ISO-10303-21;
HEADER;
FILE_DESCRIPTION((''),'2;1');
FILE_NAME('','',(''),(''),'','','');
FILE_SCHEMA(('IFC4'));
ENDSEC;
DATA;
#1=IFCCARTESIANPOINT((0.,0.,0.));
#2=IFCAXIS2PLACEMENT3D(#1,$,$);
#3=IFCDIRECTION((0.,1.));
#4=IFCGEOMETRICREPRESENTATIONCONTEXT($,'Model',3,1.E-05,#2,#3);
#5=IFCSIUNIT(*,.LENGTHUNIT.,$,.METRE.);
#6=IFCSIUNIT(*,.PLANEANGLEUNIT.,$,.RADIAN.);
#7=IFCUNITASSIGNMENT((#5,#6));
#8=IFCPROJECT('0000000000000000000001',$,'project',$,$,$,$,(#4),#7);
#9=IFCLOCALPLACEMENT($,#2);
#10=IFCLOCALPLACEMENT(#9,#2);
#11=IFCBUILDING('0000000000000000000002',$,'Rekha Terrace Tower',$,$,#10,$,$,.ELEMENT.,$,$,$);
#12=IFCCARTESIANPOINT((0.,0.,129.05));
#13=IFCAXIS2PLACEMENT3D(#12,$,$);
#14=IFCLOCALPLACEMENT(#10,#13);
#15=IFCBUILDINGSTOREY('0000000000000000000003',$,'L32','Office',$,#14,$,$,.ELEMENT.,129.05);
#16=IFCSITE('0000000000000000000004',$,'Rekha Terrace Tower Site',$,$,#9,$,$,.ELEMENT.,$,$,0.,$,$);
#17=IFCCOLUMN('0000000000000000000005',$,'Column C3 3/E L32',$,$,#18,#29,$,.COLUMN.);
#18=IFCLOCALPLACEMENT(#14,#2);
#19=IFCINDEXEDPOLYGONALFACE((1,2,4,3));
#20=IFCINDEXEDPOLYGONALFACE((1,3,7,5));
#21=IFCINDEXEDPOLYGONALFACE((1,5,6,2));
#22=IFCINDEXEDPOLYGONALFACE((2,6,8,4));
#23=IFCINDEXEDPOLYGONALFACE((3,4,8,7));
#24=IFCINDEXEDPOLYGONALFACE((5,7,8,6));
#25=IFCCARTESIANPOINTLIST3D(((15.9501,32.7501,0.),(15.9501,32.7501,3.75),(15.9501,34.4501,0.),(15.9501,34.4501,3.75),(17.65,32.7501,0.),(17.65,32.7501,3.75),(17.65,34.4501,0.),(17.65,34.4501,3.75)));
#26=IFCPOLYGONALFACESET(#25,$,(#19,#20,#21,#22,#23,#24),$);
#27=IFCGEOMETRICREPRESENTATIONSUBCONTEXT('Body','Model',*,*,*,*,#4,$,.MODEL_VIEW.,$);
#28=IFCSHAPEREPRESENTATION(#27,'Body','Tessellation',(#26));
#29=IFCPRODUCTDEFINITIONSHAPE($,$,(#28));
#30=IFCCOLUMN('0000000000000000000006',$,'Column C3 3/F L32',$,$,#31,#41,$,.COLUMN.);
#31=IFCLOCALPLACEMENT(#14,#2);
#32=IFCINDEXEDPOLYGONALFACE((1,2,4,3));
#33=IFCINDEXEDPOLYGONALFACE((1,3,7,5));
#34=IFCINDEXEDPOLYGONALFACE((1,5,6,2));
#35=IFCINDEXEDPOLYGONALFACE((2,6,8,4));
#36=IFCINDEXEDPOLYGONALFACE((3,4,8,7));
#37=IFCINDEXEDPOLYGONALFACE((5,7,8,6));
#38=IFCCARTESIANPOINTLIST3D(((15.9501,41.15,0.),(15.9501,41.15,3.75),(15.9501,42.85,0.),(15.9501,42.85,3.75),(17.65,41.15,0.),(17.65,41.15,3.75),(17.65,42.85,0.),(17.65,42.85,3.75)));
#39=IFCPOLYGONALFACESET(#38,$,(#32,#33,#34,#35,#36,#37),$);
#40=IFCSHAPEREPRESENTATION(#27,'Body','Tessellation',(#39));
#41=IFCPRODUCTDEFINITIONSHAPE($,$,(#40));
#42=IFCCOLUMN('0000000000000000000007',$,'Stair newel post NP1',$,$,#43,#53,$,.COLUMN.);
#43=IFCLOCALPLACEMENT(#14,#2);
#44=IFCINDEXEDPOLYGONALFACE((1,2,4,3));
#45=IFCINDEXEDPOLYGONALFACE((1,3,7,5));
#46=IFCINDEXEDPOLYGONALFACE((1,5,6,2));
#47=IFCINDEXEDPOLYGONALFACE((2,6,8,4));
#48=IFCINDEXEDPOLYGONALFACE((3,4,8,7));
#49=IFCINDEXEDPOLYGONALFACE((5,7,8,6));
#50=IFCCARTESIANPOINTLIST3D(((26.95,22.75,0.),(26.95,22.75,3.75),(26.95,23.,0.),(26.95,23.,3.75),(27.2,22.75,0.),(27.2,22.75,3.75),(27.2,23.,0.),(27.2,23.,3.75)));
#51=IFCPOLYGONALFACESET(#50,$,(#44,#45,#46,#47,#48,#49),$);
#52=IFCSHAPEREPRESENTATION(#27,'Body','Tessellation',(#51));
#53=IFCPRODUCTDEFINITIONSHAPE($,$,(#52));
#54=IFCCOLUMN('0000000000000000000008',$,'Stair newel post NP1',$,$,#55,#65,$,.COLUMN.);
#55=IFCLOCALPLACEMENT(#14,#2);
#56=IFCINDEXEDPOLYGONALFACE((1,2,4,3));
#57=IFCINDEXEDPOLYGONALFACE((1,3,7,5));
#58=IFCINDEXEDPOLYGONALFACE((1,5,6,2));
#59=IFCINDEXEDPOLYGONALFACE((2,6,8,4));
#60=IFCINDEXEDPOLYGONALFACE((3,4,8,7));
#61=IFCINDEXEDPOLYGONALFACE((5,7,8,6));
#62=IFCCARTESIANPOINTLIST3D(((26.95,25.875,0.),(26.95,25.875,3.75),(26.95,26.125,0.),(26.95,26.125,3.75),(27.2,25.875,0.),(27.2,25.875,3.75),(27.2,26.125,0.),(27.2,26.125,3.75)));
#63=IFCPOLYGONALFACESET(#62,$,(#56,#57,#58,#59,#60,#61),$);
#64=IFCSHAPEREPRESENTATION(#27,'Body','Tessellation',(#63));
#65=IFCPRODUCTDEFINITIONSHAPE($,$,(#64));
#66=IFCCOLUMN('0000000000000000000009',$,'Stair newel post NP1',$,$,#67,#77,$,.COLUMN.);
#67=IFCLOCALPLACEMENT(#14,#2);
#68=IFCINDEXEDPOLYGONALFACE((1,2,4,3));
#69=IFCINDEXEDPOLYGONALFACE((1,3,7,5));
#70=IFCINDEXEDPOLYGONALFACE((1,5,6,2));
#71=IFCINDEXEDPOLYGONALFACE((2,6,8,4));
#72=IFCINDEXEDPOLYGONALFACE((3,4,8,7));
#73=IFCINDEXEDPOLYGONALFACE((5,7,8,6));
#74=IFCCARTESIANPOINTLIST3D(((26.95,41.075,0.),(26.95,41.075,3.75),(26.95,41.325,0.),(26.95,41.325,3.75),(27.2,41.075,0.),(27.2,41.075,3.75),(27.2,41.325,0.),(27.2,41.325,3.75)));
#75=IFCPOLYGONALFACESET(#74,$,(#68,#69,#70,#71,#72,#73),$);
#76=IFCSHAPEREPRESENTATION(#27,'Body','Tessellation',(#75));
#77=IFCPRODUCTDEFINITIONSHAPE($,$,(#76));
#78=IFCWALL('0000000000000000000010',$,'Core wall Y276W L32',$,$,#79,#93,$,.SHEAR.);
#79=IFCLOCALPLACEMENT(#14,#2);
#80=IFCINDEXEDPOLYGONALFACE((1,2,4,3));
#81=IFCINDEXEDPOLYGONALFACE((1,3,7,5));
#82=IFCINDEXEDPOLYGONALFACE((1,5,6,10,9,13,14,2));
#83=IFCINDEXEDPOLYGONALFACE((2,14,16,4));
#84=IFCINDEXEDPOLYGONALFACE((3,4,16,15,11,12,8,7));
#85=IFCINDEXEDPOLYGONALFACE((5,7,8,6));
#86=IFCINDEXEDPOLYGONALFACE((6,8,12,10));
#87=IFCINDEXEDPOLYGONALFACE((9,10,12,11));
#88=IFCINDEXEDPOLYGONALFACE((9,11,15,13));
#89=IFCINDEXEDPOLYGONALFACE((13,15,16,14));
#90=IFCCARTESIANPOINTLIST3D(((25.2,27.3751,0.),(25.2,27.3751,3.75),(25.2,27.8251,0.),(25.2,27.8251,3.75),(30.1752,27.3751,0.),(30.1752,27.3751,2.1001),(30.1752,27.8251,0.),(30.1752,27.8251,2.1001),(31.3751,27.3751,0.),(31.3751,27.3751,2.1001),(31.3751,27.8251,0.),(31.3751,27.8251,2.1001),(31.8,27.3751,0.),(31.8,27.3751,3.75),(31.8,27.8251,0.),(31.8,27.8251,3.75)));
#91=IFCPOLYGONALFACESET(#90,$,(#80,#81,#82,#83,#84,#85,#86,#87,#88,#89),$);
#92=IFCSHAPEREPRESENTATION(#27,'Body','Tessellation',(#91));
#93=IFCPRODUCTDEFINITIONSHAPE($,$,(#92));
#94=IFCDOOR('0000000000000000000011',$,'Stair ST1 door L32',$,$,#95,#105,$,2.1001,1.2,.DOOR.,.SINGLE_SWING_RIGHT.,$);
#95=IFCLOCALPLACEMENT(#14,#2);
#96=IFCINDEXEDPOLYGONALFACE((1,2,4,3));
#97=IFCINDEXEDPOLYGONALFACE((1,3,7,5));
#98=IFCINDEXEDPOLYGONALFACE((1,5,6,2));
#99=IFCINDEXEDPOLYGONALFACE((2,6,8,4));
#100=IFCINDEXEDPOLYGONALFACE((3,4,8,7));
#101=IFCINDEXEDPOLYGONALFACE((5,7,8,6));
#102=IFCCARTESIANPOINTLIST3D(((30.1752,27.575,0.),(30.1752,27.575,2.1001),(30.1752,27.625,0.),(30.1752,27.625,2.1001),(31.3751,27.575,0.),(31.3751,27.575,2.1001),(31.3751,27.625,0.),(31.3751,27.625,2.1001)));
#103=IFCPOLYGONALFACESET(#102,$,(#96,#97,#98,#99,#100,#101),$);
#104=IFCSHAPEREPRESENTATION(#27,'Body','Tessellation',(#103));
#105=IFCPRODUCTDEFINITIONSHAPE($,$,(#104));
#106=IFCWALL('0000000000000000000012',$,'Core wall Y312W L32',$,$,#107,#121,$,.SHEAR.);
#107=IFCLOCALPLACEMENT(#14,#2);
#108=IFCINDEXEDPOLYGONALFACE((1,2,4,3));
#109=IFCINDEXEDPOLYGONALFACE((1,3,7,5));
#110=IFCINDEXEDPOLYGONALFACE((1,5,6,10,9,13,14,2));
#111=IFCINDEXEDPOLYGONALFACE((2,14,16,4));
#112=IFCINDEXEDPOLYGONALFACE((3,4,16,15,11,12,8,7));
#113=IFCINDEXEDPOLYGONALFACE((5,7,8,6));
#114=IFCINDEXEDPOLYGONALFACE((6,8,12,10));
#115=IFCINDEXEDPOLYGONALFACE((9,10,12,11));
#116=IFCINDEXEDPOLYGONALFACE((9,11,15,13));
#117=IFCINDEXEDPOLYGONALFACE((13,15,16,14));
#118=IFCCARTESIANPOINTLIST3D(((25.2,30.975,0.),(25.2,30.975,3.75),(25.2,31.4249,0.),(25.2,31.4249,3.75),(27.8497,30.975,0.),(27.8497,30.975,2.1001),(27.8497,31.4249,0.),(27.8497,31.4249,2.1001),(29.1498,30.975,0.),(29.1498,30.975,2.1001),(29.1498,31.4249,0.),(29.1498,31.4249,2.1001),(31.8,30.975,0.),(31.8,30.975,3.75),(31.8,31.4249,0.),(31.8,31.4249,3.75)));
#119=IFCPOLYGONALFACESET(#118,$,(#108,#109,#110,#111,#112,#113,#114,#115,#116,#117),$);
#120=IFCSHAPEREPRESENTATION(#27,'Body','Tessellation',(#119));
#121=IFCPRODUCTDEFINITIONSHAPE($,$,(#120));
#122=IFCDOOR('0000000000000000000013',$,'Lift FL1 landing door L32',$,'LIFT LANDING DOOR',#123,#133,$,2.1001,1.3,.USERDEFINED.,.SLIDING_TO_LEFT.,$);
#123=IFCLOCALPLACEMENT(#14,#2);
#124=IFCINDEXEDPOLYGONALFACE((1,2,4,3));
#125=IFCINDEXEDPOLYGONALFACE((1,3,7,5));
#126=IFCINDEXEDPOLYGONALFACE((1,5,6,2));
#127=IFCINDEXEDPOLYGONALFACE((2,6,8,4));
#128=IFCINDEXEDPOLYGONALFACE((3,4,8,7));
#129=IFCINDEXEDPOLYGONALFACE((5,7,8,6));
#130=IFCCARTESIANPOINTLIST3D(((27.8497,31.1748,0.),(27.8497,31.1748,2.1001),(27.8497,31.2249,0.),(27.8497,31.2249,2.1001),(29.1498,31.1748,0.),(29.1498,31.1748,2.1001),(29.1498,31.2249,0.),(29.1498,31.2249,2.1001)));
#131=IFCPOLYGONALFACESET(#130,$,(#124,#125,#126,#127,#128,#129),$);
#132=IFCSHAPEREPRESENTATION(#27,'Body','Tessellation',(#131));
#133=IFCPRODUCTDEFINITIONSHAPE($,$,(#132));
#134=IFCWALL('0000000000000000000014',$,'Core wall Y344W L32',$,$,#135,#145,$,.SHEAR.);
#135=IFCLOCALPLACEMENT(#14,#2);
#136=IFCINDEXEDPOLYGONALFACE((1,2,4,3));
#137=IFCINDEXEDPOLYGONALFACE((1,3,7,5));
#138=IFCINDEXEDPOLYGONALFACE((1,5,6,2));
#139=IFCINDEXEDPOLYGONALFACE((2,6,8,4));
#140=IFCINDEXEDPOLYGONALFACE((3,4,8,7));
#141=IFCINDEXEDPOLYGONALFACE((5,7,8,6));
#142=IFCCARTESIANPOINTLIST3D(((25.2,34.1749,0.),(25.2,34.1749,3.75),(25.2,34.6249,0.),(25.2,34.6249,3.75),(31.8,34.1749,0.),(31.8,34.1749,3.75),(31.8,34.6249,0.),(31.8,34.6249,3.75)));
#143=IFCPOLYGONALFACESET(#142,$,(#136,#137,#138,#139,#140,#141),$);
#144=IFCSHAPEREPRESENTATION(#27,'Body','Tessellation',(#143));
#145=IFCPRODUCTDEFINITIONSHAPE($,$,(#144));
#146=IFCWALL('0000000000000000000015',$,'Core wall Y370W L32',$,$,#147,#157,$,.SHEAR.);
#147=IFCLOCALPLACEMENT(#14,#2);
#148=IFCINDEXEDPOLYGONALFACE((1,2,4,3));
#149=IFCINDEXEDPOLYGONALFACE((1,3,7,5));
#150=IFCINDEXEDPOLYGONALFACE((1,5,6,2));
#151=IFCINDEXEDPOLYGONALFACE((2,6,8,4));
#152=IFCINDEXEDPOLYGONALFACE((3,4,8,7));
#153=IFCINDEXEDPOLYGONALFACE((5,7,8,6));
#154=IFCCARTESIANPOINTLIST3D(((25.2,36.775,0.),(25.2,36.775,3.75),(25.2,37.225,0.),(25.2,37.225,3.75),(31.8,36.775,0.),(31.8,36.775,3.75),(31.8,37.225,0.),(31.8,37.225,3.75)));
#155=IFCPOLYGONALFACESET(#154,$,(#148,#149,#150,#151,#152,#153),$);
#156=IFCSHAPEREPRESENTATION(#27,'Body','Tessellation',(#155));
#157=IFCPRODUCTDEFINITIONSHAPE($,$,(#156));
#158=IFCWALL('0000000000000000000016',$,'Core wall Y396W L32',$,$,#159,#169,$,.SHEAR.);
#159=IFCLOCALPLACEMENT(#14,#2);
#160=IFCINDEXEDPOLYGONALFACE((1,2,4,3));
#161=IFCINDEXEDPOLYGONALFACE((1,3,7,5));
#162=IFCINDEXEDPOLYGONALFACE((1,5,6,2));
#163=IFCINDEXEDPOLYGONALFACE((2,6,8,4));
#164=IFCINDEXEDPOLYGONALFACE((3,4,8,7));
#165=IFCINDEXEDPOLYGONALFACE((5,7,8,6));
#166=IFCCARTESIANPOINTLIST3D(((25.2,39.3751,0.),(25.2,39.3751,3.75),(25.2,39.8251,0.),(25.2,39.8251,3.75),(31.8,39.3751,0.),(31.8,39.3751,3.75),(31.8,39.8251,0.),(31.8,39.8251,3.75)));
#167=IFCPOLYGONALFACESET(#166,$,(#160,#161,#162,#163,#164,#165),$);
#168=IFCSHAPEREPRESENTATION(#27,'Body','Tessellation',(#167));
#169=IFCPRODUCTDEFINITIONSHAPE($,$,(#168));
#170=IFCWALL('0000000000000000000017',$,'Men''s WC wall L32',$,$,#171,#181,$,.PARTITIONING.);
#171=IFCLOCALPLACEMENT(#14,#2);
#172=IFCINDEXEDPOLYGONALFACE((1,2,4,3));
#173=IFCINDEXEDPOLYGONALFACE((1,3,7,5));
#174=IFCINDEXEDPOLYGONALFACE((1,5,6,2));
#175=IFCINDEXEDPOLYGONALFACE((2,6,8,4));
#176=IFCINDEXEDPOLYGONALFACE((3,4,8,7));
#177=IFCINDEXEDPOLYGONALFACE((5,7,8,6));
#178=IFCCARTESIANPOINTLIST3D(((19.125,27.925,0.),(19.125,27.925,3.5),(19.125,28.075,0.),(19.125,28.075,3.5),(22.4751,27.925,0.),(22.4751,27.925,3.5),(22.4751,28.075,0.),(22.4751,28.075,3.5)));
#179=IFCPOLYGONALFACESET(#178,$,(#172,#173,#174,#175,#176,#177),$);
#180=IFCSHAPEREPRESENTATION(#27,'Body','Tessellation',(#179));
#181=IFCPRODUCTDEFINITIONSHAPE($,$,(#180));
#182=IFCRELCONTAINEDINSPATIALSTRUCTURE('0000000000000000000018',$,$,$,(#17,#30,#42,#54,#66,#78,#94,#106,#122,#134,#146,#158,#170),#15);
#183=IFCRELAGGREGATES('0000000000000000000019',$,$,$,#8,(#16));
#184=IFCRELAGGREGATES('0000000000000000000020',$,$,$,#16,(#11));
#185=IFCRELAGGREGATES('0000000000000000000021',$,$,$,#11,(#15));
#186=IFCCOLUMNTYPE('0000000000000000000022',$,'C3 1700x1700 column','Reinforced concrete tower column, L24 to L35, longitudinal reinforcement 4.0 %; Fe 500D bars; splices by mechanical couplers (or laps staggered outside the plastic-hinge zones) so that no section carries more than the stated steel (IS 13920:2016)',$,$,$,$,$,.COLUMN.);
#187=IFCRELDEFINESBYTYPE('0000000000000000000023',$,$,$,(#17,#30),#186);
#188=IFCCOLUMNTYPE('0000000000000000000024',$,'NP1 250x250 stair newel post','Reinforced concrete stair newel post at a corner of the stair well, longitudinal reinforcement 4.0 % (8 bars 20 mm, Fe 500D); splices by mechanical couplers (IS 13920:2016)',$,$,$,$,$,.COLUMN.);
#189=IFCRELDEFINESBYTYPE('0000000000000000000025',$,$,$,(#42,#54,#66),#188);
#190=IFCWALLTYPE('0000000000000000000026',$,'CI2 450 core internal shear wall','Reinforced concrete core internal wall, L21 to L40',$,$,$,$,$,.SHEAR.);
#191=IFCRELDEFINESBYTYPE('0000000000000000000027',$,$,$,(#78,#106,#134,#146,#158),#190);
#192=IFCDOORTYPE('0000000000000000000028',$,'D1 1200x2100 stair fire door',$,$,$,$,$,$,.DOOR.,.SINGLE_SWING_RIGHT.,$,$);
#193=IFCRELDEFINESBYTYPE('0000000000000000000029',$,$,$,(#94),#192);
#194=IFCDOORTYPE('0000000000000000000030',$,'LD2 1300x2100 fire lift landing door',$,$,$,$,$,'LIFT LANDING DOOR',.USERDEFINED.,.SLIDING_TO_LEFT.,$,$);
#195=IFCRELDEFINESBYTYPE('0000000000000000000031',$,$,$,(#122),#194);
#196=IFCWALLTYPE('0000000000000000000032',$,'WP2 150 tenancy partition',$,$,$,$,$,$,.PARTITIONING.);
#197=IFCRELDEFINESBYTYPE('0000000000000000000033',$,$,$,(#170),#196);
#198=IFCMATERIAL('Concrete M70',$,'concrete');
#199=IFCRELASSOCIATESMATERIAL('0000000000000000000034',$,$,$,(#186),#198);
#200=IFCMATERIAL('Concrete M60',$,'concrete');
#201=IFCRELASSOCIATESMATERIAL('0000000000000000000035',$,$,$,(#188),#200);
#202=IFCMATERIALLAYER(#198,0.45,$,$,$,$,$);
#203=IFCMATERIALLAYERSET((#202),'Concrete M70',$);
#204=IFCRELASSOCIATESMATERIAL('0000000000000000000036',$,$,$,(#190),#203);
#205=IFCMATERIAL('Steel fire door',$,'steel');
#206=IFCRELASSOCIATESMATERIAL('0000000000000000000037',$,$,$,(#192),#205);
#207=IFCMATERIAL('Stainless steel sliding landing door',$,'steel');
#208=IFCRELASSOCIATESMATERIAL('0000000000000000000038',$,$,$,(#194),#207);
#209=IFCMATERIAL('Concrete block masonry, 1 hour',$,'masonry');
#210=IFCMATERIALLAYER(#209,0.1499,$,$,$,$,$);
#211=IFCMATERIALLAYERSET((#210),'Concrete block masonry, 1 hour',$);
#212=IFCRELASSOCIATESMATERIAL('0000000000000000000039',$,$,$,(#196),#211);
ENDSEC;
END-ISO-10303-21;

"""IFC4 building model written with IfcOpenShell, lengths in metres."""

from ifc_helpers import new_model, si_unit, direction, frame, frame_2d, origin, origin_2d, place, context, subcontext, project, spatial, rectangle, extrude, material, layer, layer_set, material_profile, profile_set, type_object, element, fill, save


model = new_model("IFC4")

# Units and contexts
model_context = context("Model", 3, precision=1e-05, world=origin(), true_north=direction((0.0, 1.0)))
body_context = subcontext(model_context, "Body", "Model", "MODEL_VIEW")
ifc_project = project(units=[si_unit("LENGTHUNIT", "METRE"), si_unit("PLANEANGLEUNIT", "RADIAN")], contexts=[model_context])

# Site, building, storey
site_placement = place(None, origin())
site = spatial("IfcSite", under=ifc_project, at=site_placement, Name="Rekha Terrace Tower Site", CompositionType="ELEMENT", RefElevation=0.0)
building_placement = place(site_placement, origin())
building = spatial("IfcBuilding", under=site, at=building_placement, Name="Rekha Terrace Tower", CompositionType="ELEMENT")
storey_placement = place(building_placement, frame((0.0, 0.0, 129.05)))
storey = spatial("IfcBuildingStorey", under=building, at=storey_placement, Name="L32", Description="Office", CompositionType="ELEMENT", Elevation=129.05)

# Columns
ifc_material_1 = material(Name="Concrete M70", Category="concrete")
ifc_material_profile_1 = material_profile(ifc_material_1, rectangle(XDim=1.7, YDim=1.7, at=origin_2d()), Name="RC 1700x1700")
ifc_profile_set_1 = profile_set([ifc_material_profile_1], Name="Concrete M70")
column_type_1 = type_object("IfcColumnType", Name="C3 1700x1700 column", Description="Reinforced concrete tower column, L24 to L35, longitudinal reinforcement 4.0 %; Fe 500D bars; splices by mechanical couplers (or laps staggered outside the plastic-hinge zones) so that no section carries more than the stated steel (IS 13920:2016)", PredefinedType="COLUMN", material=ifc_profile_set_1)
for number, where, z_axis, x_axis, name in (
    (1, (16.8, 33.6001, 0.0), (0.0, 0.0, 1.0), (1.0, 0.0, 0.0), "Column C3 3/E L32"),
    (2, (16.8, 42.0, 0.0), (0.0, 0.0, 1.0), (1.0, 0.0, 0.0), "Column C3 3/F L32"),
):
    element("IfcColumn", number, at=place(storey_placement, frame(where, z_axis=z_axis, x_axis=x_axis)), inside=storey, type_object=column_type_1, Name=name, PredefinedType="COLUMN", context=body_context, shape_type="SweptSolid", body=[
        extrude(rectangle(XDim=1.7, YDim=1.7, at=origin_2d()), origin(), (0.0, 0.0, 1.0), 3.75),
    ])
ifc_material_2 = material(Name="Concrete M60", Category="concrete")
ifc_material_profile_2 = material_profile(ifc_material_2, rectangle(XDim=0.25, YDim=0.25, at=origin_2d()), Name="RC 250x250")
ifc_profile_set_2 = profile_set([ifc_material_profile_2], Name="Concrete M60")
column_type_2 = type_object("IfcColumnType", Name="NP1 250x250 stair newel post", Description="Reinforced concrete stair newel post at a corner of the stair well, longitudinal reinforcement 4.0 % (8 bars 20 mm, Fe 500D); splices by mechanical couplers (IS 13920:2016)", PredefinedType="COLUMN", material=ifc_profile_set_2)
for number, where, z_axis, x_axis, name in (
    (3, (27.075, 22.875, 0.0), (0.0, 0.0, 1.0), (1.0, 0.0, 0.0), "Stair newel post NP1"),
    (4, (27.075, 26.0, 0.0), (0.0, 0.0, 1.0), (1.0, 0.0, 0.0), "Stair newel post NP1"),
    (5, (27.075, 41.2, 0.0), (0.0, 0.0, 1.0), (1.0, 0.0, 0.0), "Stair newel post NP1"),
):
    element("IfcColumn", number, at=place(storey_placement, frame(where, z_axis=z_axis, x_axis=x_axis)), inside=storey, type_object=column_type_2, Name=name, PredefinedType="COLUMN", context=body_context, shape_type="SweptSolid", body=[
        extrude(rectangle(XDim=0.25, YDim=0.25, at=origin_2d()), origin(), (0.0, 0.0, 1.0), 3.75),
    ])

# Walls, openings, doors
ifc_layer_1 = layer(ifc_material_1, 0.45)
ifc_layer_set_1 = layer_set([ifc_layer_1], Name="Concrete M70")
wall_type_1 = type_object("IfcWallType", Name="CI2 450 core internal shear wall", Description="Reinforced concrete core internal wall, L21 to L40", PredefinedType="SHEAR", material=ifc_layer_set_1)
wall_1_placement = place(storey_placement, frame((25.2, 27.6001, 0.0), z_axis=(0.0, 0.0, 1.0), x_axis=(1.0, 0.0, 0.0)))
wall_1 = element("IfcWall", 6, at=wall_1_placement, inside=storey, type_object=wall_type_1, Name="Core wall Y276W L32", PredefinedType="SHEAR", context=body_context, shape_type="SweptSolid", body=[
    extrude(rectangle(XDim=6.6001, YDim=0.45, at=frame_2d((3.3, 0.0))), origin(), (0.0, 0.0, 1.0), 3.75),
])
opening_1_placement = place(wall_1_placement, frame((4.9751, 0.0, 0.0)))
opening_1 = element("IfcOpeningElement", 7, at=opening_1_placement, cuts=wall_1, PredefinedType="OPENING", context=body_context, shape_type="SweptSolid", body=[
    extrude(rectangle(XDim=1.2, YDim=2.1001, at=frame_2d((0.6001, 1.05))), frame((0.0, 0.2349, 0.0), z_axis=(0.0, -1.0, 0.0), x_axis=(1.0, 0.0, 0.0)), (0.0, 0.0, 1.0), 0.47),
])
ifc_material_3 = material(Name="Steel fire door", Category="steel")
door_type_1 = type_object("IfcDoorType", Name="D1 1200x2100 stair fire door", OperationType="SINGLE_SWING_RIGHT", PredefinedType="DOOR", material=ifc_material_3)
door_1_placement = place(opening_1_placement, origin())
door_1 = element("IfcDoor", 8, at=door_1_placement, inside=storey, type_object=door_type_1, Name="Stair ST1 door L32", OperationType="SINGLE_SWING_RIGHT", OverallHeight=2.1001, OverallWidth=1.2, PredefinedType="DOOR", context=body_context, shape_type="SweptSolid", body=[
    extrude(rectangle(XDim=1.2, YDim=2.1001, at=frame_2d((0.6001, 1.05))), frame((0.0, 0.0249, 0.0), z_axis=(0.0, -1.0, 0.0), x_axis=(1.0, 0.0, 0.0)), (0.0, 0.0, 1.0), 0.05),
])
fill(opening_1, door_1)
wall_2_placement = place(storey_placement, frame((25.2, 31.2, 0.0), z_axis=(0.0, 0.0, 1.0), x_axis=(1.0, 0.0, 0.0)))
wall_2 = element("IfcWall", 9, at=wall_2_placement, inside=storey, type_object=wall_type_1, Name="Core wall Y312W L32", PredefinedType="SHEAR", context=body_context, shape_type="SweptSolid", body=[
    extrude(rectangle(XDim=6.6001, YDim=0.45, at=frame_2d((3.3, 0.0))), origin(), (0.0, 0.0, 1.0), 3.75),
])
opening_2_placement = place(wall_2_placement, frame((2.6499, 0.0, 0.0)))
opening_2 = element("IfcOpeningElement", 10, at=opening_2_placement, cuts=wall_2, PredefinedType="OPENING", context=body_context, shape_type="SweptSolid", body=[
    extrude(rectangle(XDim=1.3, YDim=2.1001, at=frame_2d((0.6499, 1.05))), frame((0.0, 0.2349, 0.0), z_axis=(0.0, -1.0, 0.0), x_axis=(1.0, 0.0, 0.0)), (0.0, 0.0, 1.0), 0.47),
])
ifc_material_4 = material(Name="Stainless steel sliding landing door", Category="steel")
door_type_2 = type_object("IfcDoorType", Name="LD2 1300x2100 fire lift landing door", ElementType="LIFT LANDING DOOR", OperationType="SLIDING_TO_LEFT", PredefinedType="USERDEFINED", material=ifc_material_4)
door_2_placement = place(opening_2_placement, origin())
door_2 = element("IfcDoor", 11, at=door_2_placement, inside=storey, type_object=door_type_2, Name="Lift FL1 landing door L32", ObjectType="LIFT LANDING DOOR", OperationType="SLIDING_TO_LEFT", OverallHeight=2.1001, OverallWidth=1.3, PredefinedType="USERDEFINED", context=body_context, shape_type="SweptSolid", body=[
    extrude(rectangle(XDim=1.3, YDim=2.1001, at=frame_2d((0.6499, 1.05))), frame((0.0, 0.0249, 0.0), z_axis=(0.0, -1.0, 0.0), x_axis=(1.0, 0.0, 0.0)), (0.0, 0.0, 1.0), 0.05),
])
fill(opening_2, door_2)

# Walls
for number, where, z_axis, x_axis, name in (
    (12, (25.2, 34.3999, 0.0), (0.0, 0.0, 1.0), (1.0, 0.0, 0.0), "Core wall Y344W L32"),
    (13, (25.2, 37.0, 0.0), (0.0, 0.0, 1.0), (1.0, 0.0, 0.0), "Core wall Y370W L32"),
    (14, (25.2, 39.6001, 0.0), (0.0, 0.0, 1.0), (1.0, 0.0, 0.0), "Core wall Y396W L32"),
):
    element("IfcWall", number, at=place(storey_placement, frame(where, z_axis=z_axis, x_axis=x_axis)), inside=storey, type_object=wall_type_1, Name=name, PredefinedType="SHEAR", context=body_context, shape_type="SweptSolid", body=[
        extrude(rectangle(XDim=6.6001, YDim=0.45, at=frame_2d((3.3, 0.0))), origin(), (0.0, 0.0, 1.0), 3.75),
    ])
ifc_material_5 = material(Name="Concrete block masonry, 1 hour", Category="masonry")
ifc_layer_2 = layer(ifc_material_5, 0.1499)
ifc_layer_set_2 = layer_set([ifc_layer_2], Name="Concrete block masonry, 1 hour")
wall_type_2 = type_object("IfcWallType", Name="WP2 150 tenancy partition", PredefinedType="PARTITIONING", material=ifc_layer_set_2)
wall_3_placement = place(storey_placement, frame((19.125, 28.0, 0.0), z_axis=(0.0, 0.0, 1.0), x_axis=(1.0, 0.0, 0.0)))
element("IfcWall", 15, at=wall_3_placement, inside=storey, type_object=wall_type_2, Name="Men's WC wall L32", PredefinedType="PARTITIONING", context=body_context, shape_type="SweptSolid", body=[
    extrude(rectangle(XDim=3.3501, YDim=0.1499, at=frame_2d((1.675, 0.0))), origin(), (0.0, 0.0, 1.0), 3.5),
])

save(model, "model.ifc")
